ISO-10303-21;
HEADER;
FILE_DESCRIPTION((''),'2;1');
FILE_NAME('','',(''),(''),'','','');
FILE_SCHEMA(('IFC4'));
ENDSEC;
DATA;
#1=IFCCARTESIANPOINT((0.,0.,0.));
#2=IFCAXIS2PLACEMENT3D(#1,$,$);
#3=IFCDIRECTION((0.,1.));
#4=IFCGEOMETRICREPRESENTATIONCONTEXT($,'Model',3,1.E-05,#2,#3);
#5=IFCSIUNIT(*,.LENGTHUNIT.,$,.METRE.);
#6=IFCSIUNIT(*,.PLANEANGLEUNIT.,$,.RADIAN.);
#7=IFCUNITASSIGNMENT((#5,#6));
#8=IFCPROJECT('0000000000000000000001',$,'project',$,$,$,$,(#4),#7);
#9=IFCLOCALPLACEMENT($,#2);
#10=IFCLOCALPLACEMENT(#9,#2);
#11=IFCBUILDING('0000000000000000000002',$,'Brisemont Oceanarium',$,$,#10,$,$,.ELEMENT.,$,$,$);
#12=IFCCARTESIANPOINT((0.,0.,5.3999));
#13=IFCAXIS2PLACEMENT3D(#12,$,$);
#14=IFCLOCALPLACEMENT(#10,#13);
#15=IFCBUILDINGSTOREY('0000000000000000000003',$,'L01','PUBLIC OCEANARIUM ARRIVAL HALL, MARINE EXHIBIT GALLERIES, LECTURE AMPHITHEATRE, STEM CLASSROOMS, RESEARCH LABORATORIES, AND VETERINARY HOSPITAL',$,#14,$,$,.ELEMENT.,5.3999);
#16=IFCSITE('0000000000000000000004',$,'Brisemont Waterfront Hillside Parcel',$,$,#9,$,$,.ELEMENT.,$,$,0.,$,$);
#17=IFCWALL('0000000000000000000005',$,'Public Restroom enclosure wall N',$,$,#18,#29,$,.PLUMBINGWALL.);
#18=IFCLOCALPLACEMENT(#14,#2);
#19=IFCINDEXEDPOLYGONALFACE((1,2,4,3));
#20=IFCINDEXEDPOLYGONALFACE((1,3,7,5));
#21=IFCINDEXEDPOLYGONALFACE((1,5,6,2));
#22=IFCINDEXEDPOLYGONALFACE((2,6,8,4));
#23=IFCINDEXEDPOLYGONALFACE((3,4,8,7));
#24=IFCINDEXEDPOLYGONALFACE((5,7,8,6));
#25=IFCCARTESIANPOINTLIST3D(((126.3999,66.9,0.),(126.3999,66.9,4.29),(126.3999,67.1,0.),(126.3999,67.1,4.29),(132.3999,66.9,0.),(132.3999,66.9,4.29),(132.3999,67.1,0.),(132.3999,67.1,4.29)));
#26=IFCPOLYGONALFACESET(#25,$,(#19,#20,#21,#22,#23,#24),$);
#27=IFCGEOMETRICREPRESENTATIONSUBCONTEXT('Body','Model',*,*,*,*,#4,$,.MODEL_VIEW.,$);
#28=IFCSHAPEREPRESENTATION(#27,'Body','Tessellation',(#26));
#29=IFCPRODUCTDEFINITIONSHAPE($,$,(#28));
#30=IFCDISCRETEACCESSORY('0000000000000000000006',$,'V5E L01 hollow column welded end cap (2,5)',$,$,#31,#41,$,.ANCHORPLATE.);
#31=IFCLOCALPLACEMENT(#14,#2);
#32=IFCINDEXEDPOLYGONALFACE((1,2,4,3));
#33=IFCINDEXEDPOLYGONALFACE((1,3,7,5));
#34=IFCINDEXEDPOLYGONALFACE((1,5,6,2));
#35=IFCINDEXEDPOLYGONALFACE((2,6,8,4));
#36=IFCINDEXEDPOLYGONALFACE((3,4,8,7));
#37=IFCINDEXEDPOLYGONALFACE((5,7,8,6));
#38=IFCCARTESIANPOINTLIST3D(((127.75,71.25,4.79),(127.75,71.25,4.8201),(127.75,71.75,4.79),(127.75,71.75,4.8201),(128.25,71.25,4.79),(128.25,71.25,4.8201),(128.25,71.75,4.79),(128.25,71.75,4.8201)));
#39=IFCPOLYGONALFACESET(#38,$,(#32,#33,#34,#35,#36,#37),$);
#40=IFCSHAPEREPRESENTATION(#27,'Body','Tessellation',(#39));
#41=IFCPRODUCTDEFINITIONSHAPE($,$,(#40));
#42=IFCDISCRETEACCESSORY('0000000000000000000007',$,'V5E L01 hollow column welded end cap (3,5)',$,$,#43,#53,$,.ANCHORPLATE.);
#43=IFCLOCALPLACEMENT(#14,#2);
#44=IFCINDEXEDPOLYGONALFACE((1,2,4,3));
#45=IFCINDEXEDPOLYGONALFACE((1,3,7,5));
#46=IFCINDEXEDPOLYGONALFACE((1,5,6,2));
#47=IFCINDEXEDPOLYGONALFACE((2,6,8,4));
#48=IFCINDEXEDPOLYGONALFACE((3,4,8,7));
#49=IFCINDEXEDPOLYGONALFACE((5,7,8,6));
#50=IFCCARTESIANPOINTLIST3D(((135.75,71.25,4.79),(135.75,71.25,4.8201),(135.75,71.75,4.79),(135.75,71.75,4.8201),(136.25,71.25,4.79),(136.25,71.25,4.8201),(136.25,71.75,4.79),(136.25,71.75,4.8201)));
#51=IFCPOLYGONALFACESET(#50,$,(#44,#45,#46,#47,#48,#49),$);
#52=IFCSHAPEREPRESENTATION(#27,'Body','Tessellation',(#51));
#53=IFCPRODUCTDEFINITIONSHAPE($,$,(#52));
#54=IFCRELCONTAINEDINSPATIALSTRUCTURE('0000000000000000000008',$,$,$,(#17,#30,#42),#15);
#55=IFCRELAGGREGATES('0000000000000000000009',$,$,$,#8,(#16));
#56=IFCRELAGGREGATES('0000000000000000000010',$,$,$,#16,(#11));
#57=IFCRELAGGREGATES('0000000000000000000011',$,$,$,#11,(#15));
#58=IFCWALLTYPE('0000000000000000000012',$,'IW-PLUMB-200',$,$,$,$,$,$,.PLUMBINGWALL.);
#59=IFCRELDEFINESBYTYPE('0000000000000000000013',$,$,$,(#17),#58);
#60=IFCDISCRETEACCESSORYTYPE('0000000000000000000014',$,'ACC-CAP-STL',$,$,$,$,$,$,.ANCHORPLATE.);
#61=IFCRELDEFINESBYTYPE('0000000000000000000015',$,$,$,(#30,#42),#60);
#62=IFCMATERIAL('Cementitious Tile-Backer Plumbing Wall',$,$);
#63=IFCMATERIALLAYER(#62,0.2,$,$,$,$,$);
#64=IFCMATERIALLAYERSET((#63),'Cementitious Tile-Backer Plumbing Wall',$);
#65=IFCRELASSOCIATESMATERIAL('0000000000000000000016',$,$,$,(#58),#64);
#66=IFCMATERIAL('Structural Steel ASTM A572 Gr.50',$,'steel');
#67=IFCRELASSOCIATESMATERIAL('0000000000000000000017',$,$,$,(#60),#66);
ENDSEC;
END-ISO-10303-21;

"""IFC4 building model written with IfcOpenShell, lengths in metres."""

from ifc_helpers import new_model, si_unit, direction, frame, frame_2d, origin, origin_2d, place, context, subcontext, project, spatial, rectangle, extrude, material, layer, layer_set, type_object, element, save


model = new_model("IFC4")

# Units and contexts
model_context = context("Model", 3, precision=1e-05, world=origin(), true_north=direction((0.0, 1.0)))
body_context = subcontext(model_context, "Body", "Model", "MODEL_VIEW")
ifc_project = project(units=[si_unit("LENGTHUNIT", "METRE"), si_unit("PLANEANGLEUNIT", "RADIAN")], contexts=[model_context])

# Site, building, storey
site_placement = place(None, origin())
site = spatial("IfcSite", under=ifc_project, at=site_placement, Name="Brisemont Waterfront Hillside Parcel", CompositionType="ELEMENT", RefElevation=0.0)
building_placement = place(site_placement, origin())
building = spatial("IfcBuilding", under=site, at=building_placement, Name="Brisemont Oceanarium", CompositionType="ELEMENT")
storey_placement = place(building_placement, frame((0.0, 0.0, 5.3999)))
storey = spatial("IfcBuildingStorey", under=building, at=storey_placement, Name="L01", Description="PUBLIC OCEANARIUM ARRIVAL HALL, MARINE EXHIBIT GALLERIES, LECTURE AMPHITHEATRE, STEM CLASSROOMS, RESEARCH LABORATORIES, AND VETERINARY HOSPITAL", CompositionType="ELEMENT", Elevation=5.3999)

# Wall
ifc_material_1 = material(Name="Cementitious Tile-Backer Plumbing Wall")
ifc_layer_1 = layer(ifc_material_1, 0.2)
ifc_layer_set_1 = layer_set([ifc_layer_1], Name="Cementitious Tile-Backer Plumbing Wall")
wall_type_1 = type_object("IfcWallType", Name="IW-PLUMB-200", PredefinedType="PLUMBINGWALL", material=ifc_layer_set_1)
wall_1_placement = place(storey_placement, frame((126.3999, 67.0, 0.0), z_axis=(0.0, 0.0, 1.0), x_axis=(1.0, 0.0, 0.0)))
element("IfcWall", 1, at=wall_1_placement, inside=storey, type_object=wall_type_1, Name="Public Restroom enclosure wall N", PredefinedType="PLUMBINGWALL", context=body_context, shape_type="SweptSolid", body=[
    extrude(rectangle(XDim=6.0, YDim=0.2, at=frame_2d((3.0, 0.0))), origin(), (0.0, 0.0, 1.0), 4.29),
])

# Discrete accessories
ifc_material_2 = material(Name="Structural Steel ASTM A572 Gr.50", Category="steel")
discrete_accessory_type = type_object("IfcDiscreteAccessoryType", Name="ACC-CAP-STL", PredefinedType="ANCHORPLATE", material=ifc_material_2)
for number, where, z_axis, x_axis, name in (
    (2, (128.0, 71.5, 4.79), (0.0, 0.0, 1.0), (1.0, 0.0, 0.0), "V5E L01 hollow column welded end cap (2,5)"),
    (3, (136.0, 71.5, 4.79), (0.0, 0.0, 1.0), (1.0, 0.0, 0.0), "V5E L01 hollow column welded end cap (3,5)"),
):
    element("IfcDiscreteAccessory", number, at=place(storey_placement, frame(where, z_axis=z_axis, x_axis=x_axis)), inside=storey, type_object=discrete_accessory_type, Name=name, PredefinedType="ANCHORPLATE", context=body_context, shape_type="SweptSolid", body=[
        extrude(rectangle(XDim=0.5, YDim=0.5, at=origin_2d()), origin(), (0.0, 0.0, 1.0), 0.03),
    ])

save(model, "model.ifc")
